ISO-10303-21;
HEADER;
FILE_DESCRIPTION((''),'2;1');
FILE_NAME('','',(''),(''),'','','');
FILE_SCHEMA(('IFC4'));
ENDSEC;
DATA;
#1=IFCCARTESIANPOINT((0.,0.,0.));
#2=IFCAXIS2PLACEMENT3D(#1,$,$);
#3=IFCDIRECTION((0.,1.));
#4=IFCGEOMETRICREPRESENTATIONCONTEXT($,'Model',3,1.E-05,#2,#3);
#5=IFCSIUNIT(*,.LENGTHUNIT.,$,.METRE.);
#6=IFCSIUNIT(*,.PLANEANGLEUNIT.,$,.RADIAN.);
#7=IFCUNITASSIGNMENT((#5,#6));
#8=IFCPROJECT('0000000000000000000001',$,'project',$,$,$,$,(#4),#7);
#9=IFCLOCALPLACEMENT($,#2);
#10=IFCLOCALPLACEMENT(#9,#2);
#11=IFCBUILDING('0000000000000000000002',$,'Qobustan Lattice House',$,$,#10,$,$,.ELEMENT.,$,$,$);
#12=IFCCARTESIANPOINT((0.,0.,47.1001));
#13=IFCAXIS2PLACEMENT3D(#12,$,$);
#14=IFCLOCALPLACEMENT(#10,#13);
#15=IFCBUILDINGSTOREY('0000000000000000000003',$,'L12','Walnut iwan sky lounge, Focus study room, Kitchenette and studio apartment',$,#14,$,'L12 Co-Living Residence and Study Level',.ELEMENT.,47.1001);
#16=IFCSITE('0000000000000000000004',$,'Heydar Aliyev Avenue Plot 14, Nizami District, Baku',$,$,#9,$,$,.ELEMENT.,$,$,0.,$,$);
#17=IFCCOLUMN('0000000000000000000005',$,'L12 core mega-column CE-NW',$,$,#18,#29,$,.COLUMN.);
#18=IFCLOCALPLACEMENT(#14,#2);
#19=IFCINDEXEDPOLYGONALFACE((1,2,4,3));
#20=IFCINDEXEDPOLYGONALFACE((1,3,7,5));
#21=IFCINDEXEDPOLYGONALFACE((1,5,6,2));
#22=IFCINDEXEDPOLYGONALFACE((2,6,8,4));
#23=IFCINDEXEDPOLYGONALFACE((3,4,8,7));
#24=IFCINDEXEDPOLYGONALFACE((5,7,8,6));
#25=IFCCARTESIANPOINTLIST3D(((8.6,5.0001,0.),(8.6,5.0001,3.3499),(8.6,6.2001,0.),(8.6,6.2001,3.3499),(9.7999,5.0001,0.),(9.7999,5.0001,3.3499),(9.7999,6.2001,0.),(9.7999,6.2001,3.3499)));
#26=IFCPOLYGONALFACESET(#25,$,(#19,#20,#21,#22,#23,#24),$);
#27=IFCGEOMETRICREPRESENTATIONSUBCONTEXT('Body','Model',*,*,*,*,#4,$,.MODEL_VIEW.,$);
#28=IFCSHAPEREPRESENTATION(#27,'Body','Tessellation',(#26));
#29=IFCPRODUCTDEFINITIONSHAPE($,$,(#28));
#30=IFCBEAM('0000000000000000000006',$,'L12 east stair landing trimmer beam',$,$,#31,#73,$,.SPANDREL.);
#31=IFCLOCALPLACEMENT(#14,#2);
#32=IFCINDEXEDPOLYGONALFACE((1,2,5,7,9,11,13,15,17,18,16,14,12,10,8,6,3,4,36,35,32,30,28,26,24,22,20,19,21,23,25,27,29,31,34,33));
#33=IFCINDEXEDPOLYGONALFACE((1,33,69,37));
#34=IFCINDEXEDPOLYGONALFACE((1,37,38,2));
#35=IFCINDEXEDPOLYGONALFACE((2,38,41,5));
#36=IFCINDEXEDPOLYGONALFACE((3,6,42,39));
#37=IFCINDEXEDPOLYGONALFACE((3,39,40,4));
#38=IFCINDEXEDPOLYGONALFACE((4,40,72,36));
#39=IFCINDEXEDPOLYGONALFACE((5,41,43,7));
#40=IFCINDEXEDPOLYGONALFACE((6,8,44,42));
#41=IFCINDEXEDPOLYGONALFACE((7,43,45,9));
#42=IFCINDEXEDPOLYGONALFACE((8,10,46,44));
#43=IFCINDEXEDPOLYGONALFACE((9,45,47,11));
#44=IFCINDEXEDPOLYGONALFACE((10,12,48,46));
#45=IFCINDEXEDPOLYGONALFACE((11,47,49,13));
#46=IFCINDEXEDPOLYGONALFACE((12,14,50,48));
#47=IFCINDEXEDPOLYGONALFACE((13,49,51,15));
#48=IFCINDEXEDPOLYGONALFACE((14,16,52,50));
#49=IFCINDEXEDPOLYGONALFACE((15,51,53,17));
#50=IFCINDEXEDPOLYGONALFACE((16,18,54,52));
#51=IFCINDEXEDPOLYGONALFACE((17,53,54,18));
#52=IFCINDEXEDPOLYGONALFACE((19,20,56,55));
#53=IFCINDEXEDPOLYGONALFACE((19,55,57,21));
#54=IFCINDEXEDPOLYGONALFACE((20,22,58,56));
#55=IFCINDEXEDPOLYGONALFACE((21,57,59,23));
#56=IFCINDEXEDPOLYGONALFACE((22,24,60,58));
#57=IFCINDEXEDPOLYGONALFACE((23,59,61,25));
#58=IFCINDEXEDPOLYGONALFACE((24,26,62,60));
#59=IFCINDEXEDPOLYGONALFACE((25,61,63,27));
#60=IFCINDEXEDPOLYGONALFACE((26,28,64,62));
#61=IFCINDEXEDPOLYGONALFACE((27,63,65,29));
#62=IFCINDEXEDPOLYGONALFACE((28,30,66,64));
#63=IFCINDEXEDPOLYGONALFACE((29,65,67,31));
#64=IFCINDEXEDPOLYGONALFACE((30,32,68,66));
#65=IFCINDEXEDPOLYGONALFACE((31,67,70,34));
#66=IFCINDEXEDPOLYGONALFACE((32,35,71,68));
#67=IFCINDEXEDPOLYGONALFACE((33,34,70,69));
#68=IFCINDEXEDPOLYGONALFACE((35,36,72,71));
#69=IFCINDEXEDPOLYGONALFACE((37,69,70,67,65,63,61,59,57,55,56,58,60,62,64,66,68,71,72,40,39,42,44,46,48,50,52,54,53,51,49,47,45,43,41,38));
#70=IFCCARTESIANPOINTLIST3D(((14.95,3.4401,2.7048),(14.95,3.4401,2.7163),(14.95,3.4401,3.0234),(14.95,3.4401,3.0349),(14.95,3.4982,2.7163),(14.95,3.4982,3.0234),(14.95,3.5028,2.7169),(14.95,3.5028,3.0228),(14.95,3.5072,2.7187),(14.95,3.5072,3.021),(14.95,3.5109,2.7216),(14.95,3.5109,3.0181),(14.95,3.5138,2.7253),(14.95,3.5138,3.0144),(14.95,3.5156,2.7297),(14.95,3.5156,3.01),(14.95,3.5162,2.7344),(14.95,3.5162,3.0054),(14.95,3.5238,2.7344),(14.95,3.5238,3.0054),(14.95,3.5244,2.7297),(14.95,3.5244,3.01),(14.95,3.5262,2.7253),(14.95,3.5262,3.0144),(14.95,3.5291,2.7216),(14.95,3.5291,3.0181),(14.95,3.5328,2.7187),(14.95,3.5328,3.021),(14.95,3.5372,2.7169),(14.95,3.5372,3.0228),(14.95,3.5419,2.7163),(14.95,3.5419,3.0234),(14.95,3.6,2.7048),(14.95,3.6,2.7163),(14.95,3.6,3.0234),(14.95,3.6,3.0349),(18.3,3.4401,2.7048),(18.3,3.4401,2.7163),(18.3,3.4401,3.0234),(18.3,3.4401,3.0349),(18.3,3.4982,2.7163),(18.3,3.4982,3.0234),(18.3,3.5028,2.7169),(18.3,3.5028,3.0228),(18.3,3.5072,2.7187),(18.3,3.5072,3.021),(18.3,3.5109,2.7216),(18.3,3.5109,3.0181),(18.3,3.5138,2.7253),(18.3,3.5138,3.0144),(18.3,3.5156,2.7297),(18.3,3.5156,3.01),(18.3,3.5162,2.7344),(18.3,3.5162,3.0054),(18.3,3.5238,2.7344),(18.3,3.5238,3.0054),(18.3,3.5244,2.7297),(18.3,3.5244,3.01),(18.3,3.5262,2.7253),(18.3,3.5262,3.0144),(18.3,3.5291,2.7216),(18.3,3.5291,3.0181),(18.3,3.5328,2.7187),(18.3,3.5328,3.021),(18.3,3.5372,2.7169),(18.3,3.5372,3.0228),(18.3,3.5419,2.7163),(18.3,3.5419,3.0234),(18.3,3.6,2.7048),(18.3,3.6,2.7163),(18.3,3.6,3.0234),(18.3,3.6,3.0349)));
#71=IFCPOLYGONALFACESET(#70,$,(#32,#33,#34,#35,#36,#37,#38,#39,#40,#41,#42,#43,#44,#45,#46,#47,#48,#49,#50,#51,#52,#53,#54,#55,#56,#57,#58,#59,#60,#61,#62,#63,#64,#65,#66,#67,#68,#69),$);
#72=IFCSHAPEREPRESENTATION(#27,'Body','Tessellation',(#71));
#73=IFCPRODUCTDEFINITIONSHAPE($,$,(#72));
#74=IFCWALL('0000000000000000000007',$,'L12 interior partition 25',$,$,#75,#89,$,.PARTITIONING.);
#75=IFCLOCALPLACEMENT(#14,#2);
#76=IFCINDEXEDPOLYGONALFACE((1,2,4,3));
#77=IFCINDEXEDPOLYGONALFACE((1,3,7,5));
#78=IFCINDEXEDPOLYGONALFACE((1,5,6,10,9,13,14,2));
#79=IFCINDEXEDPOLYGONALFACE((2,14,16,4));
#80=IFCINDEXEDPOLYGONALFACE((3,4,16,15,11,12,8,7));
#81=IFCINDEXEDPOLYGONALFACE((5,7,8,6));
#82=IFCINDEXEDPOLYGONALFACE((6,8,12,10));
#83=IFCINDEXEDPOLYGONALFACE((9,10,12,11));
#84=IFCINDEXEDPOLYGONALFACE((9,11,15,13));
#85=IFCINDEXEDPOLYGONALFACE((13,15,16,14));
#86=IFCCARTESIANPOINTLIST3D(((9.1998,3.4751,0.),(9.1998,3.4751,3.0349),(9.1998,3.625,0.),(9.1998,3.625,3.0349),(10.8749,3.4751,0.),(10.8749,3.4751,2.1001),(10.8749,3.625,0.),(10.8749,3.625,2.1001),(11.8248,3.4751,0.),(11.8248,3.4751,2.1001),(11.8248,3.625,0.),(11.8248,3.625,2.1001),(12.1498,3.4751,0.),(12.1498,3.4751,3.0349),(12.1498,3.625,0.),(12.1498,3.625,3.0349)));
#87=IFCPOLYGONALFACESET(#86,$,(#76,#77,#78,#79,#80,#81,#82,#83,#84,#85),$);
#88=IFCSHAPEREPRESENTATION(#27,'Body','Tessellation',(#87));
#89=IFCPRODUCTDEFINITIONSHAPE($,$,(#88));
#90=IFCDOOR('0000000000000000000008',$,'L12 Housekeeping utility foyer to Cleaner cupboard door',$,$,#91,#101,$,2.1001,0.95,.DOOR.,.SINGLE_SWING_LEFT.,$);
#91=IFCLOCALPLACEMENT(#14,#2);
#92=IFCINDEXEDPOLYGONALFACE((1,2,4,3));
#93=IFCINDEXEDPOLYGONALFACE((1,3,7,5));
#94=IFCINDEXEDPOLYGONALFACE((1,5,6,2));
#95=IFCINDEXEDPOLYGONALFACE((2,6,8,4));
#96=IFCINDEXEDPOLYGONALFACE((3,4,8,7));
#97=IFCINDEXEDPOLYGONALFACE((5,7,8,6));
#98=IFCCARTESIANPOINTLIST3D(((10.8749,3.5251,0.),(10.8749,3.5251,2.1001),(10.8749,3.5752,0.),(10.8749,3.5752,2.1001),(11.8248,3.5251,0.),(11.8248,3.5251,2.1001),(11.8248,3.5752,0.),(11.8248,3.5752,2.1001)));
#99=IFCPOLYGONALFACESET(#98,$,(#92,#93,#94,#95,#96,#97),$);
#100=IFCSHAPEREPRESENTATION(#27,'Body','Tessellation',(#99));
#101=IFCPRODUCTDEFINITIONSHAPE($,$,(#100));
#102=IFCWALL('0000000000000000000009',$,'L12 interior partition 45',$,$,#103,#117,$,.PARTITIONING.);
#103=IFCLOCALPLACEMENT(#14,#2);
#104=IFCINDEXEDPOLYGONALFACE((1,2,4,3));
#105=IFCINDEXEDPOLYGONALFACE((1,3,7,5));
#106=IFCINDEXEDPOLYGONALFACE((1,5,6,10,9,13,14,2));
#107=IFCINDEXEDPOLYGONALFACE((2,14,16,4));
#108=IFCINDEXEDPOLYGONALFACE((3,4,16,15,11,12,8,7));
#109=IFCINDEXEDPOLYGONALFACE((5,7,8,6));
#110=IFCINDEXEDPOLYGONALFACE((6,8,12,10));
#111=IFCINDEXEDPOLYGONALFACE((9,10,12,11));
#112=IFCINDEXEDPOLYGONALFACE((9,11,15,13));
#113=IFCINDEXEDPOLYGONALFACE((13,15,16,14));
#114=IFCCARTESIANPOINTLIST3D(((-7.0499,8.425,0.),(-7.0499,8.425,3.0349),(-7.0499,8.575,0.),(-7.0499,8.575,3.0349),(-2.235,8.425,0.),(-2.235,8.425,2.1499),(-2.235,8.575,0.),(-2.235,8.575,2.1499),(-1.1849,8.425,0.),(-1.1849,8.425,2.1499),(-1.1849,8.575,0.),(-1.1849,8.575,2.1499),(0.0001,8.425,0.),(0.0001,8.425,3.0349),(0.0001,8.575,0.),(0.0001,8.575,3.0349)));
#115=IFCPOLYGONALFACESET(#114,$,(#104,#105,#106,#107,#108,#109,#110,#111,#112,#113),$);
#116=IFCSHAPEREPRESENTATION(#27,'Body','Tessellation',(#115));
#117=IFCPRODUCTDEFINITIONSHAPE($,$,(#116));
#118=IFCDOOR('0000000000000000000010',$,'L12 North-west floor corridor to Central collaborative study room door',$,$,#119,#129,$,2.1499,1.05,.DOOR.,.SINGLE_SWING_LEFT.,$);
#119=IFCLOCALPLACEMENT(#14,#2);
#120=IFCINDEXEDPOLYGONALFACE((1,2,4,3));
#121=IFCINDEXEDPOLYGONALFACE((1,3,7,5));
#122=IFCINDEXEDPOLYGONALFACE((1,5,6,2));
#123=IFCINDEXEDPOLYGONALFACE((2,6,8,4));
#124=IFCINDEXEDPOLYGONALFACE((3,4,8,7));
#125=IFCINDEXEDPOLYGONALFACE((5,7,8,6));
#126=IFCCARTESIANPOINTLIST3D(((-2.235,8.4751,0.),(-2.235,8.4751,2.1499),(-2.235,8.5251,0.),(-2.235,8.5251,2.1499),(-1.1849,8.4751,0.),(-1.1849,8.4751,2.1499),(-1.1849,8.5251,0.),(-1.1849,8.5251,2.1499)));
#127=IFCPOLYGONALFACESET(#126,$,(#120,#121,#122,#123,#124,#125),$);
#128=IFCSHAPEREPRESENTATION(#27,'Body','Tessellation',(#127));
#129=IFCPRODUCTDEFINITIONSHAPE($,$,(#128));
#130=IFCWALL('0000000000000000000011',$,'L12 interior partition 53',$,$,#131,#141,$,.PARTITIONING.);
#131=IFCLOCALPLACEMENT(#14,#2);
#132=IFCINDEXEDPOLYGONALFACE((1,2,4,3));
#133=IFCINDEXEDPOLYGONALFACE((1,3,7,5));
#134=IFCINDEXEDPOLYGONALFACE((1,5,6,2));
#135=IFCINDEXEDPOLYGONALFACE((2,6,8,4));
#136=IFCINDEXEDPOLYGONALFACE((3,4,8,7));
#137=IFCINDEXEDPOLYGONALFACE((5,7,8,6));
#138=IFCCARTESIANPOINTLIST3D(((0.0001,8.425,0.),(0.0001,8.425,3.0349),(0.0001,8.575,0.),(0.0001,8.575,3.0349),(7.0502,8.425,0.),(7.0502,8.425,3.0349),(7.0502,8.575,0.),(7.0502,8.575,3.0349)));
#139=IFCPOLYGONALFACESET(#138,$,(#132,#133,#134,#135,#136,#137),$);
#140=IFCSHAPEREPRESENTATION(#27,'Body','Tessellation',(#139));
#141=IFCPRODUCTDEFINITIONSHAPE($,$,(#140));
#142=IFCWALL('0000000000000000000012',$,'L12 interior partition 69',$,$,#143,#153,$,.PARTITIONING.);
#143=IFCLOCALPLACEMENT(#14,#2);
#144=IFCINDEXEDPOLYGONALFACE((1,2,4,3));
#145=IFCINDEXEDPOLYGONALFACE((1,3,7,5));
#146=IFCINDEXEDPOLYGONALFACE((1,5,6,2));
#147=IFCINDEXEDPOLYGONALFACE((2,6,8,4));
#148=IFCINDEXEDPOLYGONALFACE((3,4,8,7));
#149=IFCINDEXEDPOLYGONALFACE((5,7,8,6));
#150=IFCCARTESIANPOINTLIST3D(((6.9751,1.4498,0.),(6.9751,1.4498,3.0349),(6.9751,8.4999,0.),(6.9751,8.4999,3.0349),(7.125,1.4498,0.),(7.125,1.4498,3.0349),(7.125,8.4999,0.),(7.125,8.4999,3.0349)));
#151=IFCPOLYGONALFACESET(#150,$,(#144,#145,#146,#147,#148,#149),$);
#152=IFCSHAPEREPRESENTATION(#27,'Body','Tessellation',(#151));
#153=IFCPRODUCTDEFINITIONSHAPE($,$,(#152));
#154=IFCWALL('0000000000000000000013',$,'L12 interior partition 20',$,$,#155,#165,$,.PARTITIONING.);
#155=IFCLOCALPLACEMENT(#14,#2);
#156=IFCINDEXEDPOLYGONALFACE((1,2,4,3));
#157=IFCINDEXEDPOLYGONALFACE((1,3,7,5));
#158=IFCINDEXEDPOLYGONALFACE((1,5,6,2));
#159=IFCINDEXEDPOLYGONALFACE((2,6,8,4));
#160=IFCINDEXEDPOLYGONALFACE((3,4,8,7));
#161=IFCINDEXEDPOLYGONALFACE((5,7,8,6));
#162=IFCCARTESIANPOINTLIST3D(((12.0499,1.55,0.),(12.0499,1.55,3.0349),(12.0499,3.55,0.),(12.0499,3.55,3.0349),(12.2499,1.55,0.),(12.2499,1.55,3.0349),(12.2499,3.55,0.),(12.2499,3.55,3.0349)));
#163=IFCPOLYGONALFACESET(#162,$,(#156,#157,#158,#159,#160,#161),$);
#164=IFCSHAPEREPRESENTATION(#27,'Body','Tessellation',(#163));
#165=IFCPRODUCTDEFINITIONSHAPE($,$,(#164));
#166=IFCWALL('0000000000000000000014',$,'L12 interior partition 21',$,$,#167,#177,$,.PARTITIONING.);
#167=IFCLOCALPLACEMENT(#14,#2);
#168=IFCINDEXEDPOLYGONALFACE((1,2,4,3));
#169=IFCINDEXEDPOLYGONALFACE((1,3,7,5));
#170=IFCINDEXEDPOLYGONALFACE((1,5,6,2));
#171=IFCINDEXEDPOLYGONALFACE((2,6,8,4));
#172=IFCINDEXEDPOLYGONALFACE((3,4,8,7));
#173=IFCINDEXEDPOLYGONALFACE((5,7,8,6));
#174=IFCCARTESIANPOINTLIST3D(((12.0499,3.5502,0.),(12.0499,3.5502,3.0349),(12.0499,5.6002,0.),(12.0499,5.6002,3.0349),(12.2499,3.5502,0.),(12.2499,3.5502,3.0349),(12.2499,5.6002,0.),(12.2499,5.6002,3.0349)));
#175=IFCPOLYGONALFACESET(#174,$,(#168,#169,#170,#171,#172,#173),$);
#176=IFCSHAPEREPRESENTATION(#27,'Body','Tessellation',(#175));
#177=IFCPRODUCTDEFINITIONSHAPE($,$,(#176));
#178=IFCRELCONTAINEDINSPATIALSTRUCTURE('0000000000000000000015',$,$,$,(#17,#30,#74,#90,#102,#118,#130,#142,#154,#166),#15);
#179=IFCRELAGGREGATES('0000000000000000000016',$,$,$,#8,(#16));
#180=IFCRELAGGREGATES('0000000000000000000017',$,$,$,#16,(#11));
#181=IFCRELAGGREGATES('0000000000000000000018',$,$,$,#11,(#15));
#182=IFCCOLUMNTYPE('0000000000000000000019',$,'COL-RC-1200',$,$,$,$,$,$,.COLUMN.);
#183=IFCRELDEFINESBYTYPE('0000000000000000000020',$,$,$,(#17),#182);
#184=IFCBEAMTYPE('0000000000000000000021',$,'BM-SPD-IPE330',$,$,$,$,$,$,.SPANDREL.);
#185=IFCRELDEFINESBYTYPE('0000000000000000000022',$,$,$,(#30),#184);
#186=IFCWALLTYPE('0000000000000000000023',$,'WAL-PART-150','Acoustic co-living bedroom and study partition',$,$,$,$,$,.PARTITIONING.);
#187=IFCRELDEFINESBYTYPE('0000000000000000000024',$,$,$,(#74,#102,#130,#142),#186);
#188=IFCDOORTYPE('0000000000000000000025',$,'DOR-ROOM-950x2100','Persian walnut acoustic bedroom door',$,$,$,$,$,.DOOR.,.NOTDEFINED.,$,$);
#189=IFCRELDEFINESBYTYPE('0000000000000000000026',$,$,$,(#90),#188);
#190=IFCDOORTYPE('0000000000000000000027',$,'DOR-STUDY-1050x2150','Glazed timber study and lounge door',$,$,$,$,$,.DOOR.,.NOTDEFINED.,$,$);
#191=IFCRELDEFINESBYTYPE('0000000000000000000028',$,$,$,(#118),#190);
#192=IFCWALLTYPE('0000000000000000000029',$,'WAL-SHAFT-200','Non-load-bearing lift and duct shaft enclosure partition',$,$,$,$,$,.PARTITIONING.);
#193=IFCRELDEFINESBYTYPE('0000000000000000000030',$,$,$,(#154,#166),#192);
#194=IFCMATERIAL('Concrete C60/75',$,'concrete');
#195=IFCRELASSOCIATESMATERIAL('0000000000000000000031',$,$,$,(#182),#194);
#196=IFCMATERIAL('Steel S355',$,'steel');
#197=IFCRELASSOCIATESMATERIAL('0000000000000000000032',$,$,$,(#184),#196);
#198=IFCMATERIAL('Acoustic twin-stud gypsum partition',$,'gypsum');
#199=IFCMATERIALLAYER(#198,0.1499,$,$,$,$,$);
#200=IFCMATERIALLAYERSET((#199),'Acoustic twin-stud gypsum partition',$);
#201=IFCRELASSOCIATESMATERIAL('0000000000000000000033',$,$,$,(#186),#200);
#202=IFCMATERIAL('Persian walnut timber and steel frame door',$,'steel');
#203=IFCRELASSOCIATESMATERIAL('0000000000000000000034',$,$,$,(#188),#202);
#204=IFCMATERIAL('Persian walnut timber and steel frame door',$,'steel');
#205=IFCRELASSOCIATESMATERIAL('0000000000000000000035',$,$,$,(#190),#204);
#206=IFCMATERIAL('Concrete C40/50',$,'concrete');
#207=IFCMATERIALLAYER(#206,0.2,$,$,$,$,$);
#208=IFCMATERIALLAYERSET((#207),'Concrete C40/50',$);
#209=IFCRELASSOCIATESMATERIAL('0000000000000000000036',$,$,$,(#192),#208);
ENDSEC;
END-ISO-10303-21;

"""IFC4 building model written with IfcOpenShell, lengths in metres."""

from ifc_helpers import new_model, si_unit, direction, frame, frame_2d, origin, origin_2d, place, context, subcontext, project, spatial, rectangle, i_section, extrude, material, layer, layer_set, material_profile, profile_set, type_object, element, fill, save


model = new_model("IFC4")

# Units and contexts
model_context = context("Model", 3, precision=1e-05, world=origin(), true_north=direction((0.0, 1.0)))
body_context = subcontext(model_context, "Body", "Model", "MODEL_VIEW")
ifc_project = project(units=[si_unit("LENGTHUNIT", "METRE"), si_unit("PLANEANGLEUNIT", "RADIAN")], contexts=[model_context])

# Site, building, storey
site_placement = place(None, origin())
site = spatial("IfcSite", under=ifc_project, at=site_placement, Name="Heydar Aliyev Avenue Plot 14, Nizami District, Baku", CompositionType="ELEMENT", RefElevation=0.0)
building_placement = place(site_placement, origin())
building = spatial("IfcBuilding", under=site, at=building_placement, Name="Qobustan Lattice House", CompositionType="ELEMENT")
storey_placement = place(building_placement, frame((0.0, 0.0, 47.1001)))
storey = spatial("IfcBuildingStorey", under=building, at=storey_placement, Name="L12", Description="Walnut iwan sky lounge, Focus study room, Kitchenette and studio apartment", LongName="L12 Co-Living Residence and Study Level", CompositionType="ELEMENT", Elevation=47.1001)

# Column
ifc_material_1 = material(Name="Concrete C60/75", Category="concrete")
ifc_material_profile_1 = material_profile(ifc_material_1, rectangle(XDim=1.2, YDim=1.2, at=origin_2d()), Name="RC1200x1200")
ifc_profile_set_1 = profile_set([ifc_material_profile_1], Name="Concrete C60/75")
column_type = type_object("IfcColumnType", Name="COL-RC-1200", PredefinedType="COLUMN", material=ifc_profile_set_1)
column_placement = place(storey_placement, frame((9.2, 5.6001, 0.0), z_axis=(0.0, 0.0, 1.0), x_axis=(1.0, 0.0, 0.0)))
element("IfcColumn", 1, at=column_placement, inside=storey, type_object=column_type, Name="L12 core mega-column CE-NW", PredefinedType="COLUMN", context=body_context, shape_type="SweptSolid", body=[
    extrude(rectangle(XDim=1.2, YDim=1.2, at=origin_2d()), origin(), (0.0, 0.0, 1.0), 3.3499),
])

# Beam
ifc_material_2 = material(Name="Steel S355", Category="steel")
ifc_material_profile_2 = material_profile(ifc_material_2, i_section(OverallWidth=0.1599, OverallDepth=0.3301, WebThickness=0.0076, FlangeThickness=0.0115, FilletRadius=0.0181, at=origin_2d()), Name="IPE330")
ifc_profile_set_2 = profile_set([ifc_material_profile_2], Name="Steel S355")
beam_type = type_object("IfcBeamType", Name="BM-SPD-IPE330", PredefinedType="SPANDREL", material=ifc_profile_set_2)
beam_placement = place(storey_placement, frame((14.95, 3.52, 2.8699), z_axis=(1.0, 0.0, 0.0), x_axis=(0.0, 1.0, 0.0)))
element("IfcBeam", 2, at=beam_placement, inside=storey, type_object=beam_type, Name="L12 east stair landing trimmer beam", PredefinedType="SPANDREL", context=body_context, shape_type="SweptSolid", body=[
    extrude(i_section(OverallWidth=0.1599, OverallDepth=0.3301, WebThickness=0.0076, FlangeThickness=0.0115, FilletRadius=0.0181, at=origin_2d()), origin(), (0.0, 0.0, 1.0), 3.3501),
])

# Walls, openings, doors
ifc_material_3 = material(Name="Acoustic twin-stud gypsum partition", Category="gypsum")
ifc_layer_1 = layer(ifc_material_3, 0.1499)
ifc_layer_set_1 = layer_set([ifc_layer_1], Name="Acoustic twin-stud gypsum partition")
wall_type_1 = type_object("IfcWallType", Name="WAL-PART-150", Description="Acoustic co-living bedroom and study partition", PredefinedType="PARTITIONING", material=ifc_layer_set_1)
wall_1_placement = place(storey_placement, frame((12.1499, 3.55, 0.0), z_axis=(0.0, 0.0, 1.0), x_axis=(-1.0, 0.0, 0.0)))
wall_1 = element("IfcWall", 3, at=wall_1_placement, inside=storey, type_object=wall_type_1, Name="L12 interior partition 25", PredefinedType="PARTITIONING", context=body_context, shape_type="SweptSolid", body=[
    extrude(rectangle(XDim=2.95, YDim=0.1499, at=frame_2d((1.4751, 0.0))), origin(), (0.0, 0.0, 1.0), 3.0349),
])
opening_1_placement = place(wall_1_placement, frame((0.325, 0.0, 0.0)))
opening_1 = element("IfcOpeningElement", 4, at=opening_1_placement, cuts=wall_1, PredefinedType="OPENING", context=body_context, shape_type="SweptSolid", body=[
    extrude(rectangle(XDim=0.95, YDim=2.1001, at=frame_2d((0.4751, 1.05))), frame((0.0, 0.085, 0.0), z_axis=(0.0, -1.0, 0.0), x_axis=(1.0, 0.0, 0.0)), (0.0, 0.0, 1.0), 0.1699),
])
ifc_material_4 = material(Name="Persian walnut timber and steel frame door", Category="steel")
door_type_1 = type_object("IfcDoorType", Name="DOR-ROOM-950x2100", Description="Persian walnut acoustic bedroom door", OperationType="NOTDEFINED", PredefinedType="DOOR", material=ifc_material_4)
door_1_placement = place(opening_1_placement, origin())
door_1 = element("IfcDoor", 5, at=door_1_placement, inside=storey, type_object=door_type_1, Name="L12 Housekeeping utility foyer to Cleaner cupboard door", OperationType="SINGLE_SWING_LEFT", OverallHeight=2.1001, OverallWidth=0.95, PredefinedType="DOOR", context=body_context, shape_type="SweptSolid", body=[
    extrude(rectangle(XDim=0.95, YDim=2.1001, at=frame_2d((0.4751, 1.05))), frame((0.0, 0.0249, 0.0), z_axis=(0.0, -1.0, 0.0), x_axis=(1.0, 0.0, 0.0)), (0.0, 0.0, 1.0), 0.05),
])
fill(opening_1, door_1)
wall_2_placement = place(storey_placement, frame((0.0, 8.5, 0.0), z_axis=(0.0, 0.0, 1.0), x_axis=(-1.0, 0.0, 0.0)))
wall_2 = element("IfcWall", 6, at=wall_2_placement, inside=storey, type_object=wall_type_1, Name="L12 interior partition 45", PredefinedType="PARTITIONING", context=body_context, shape_type="SweptSolid", body=[
    extrude(rectangle(XDim=7.05, YDim=0.1499, at=frame_2d((3.5249, 0.0))), origin(), (0.0, 0.0, 1.0), 3.0349),
])
opening_2_placement = place(wall_2_placement, frame((1.1851, 0.0, 0.0)))
opening_2 = element("IfcOpeningElement", 7, at=opening_2_placement, cuts=wall_2, PredefinedType="OPENING", context=body_context, shape_type="SweptSolid", body=[
    extrude(rectangle(XDim=1.05, YDim=2.1499, at=frame_2d((0.5249, 1.075))), frame((0.0, 0.085, 0.0), z_axis=(0.0, -1.0, 0.0), x_axis=(1.0, 0.0, 0.0)), (0.0, 0.0, 1.0), 0.1699),
])
ifc_material_5 = material(Name="Persian walnut timber and steel frame door", Category="steel")
door_type_2 = type_object("IfcDoorType", Name="DOR-STUDY-1050x2150", Description="Glazed timber study and lounge door", OperationType="NOTDEFINED", PredefinedType="DOOR", material=ifc_material_5)
door_2_placement = place(opening_2_placement, origin())
door_2 = element("IfcDoor", 8, at=door_2_placement, inside=storey, type_object=door_type_2, Name="L12 North-west floor corridor to Central collaborative study room door", OperationType="SINGLE_SWING_LEFT", OverallHeight=2.1499, OverallWidth=1.05, PredefinedType="DOOR", context=body_context, shape_type="SweptSolid", body=[
    extrude(rectangle(XDim=1.05, YDim=2.1499, at=frame_2d((0.5249, 1.075))), frame((0.0, 0.0249, 0.0), z_axis=(0.0, -1.0, 0.0), x_axis=(1.0, 0.0, 0.0)), (0.0, 0.0, 1.0), 0.05),
])
fill(opening_2, door_2)

# Walls
for number, where, z_axis, x_axis, name in (
    (9, (7.05, 8.5, 0.0), (0.0, 0.0, 1.0), (-1.0, 0.0, 0.0), "L12 interior partition 53"),
    (10, (7.05, 1.45, 0.0), (0.0, 0.0, 1.0), (0.0, 1.0, 0.0), "L12 interior partition 69"),
):
    element("IfcWall", number, at=place(storey_placement, frame(where, z_axis=z_axis, x_axis=x_axis)), inside=storey, type_object=wall_type_1, Name=name, PredefinedType="PARTITIONING", context=body_context, shape_type="SweptSolid", body=[
        extrude(rectangle(XDim=7.05, YDim=0.1499, at=frame_2d((3.5249, 0.0))), origin(), (0.0, 0.0, 1.0), 3.0349),
    ])
ifc_material_6 = material(Name="Concrete C40/50", Category="concrete")
ifc_layer_2 = layer(ifc_material_6, 0.2)
ifc_layer_set_2 = layer_set([ifc_layer_2], Name="Concrete C40/50")
wall_type_2 = type_object("IfcWallType", Name="WAL-SHAFT-200", Description="Non-load-bearing lift and duct shaft enclosure partition", PredefinedType="PARTITIONING", material=ifc_layer_set_2)
wall_3_placement = place(storey_placement, frame((12.1499, 3.55, 0.0), z_axis=(0.0, 0.0, 1.0), x_axis=(0.0, -1.0, 0.0)))
element("IfcWall", 11, at=wall_3_placement, inside=storey, type_object=wall_type_2, Name="L12 interior partition 20", PredefinedType="PARTITIONING", context=body_context, shape_type="SweptSolid", body=[
    extrude(rectangle(XDim=2.0, YDim=0.2, at=frame_2d((1.0, 0.0))), origin(), (0.0, 0.0, 1.0), 3.0349),
])
wall_4_placement = place(storey_placement, frame((12.1499, 5.6001, 0.0), z_axis=(0.0, 0.0, 1.0), x_axis=(0.0, -1.0, 0.0)))
element("IfcWall", 12, at=wall_4_placement, inside=storey, type_object=wall_type_2, Name="L12 interior partition 21", PredefinedType="PARTITIONING", context=body_context, shape_type="SweptSolid", body=[
    extrude(rectangle(XDim=2.05, YDim=0.2, at=frame_2d((1.0249, 0.0))), origin(), (0.0, 0.0, 1.0), 3.0349),
])

save(model, "model.ifc")
